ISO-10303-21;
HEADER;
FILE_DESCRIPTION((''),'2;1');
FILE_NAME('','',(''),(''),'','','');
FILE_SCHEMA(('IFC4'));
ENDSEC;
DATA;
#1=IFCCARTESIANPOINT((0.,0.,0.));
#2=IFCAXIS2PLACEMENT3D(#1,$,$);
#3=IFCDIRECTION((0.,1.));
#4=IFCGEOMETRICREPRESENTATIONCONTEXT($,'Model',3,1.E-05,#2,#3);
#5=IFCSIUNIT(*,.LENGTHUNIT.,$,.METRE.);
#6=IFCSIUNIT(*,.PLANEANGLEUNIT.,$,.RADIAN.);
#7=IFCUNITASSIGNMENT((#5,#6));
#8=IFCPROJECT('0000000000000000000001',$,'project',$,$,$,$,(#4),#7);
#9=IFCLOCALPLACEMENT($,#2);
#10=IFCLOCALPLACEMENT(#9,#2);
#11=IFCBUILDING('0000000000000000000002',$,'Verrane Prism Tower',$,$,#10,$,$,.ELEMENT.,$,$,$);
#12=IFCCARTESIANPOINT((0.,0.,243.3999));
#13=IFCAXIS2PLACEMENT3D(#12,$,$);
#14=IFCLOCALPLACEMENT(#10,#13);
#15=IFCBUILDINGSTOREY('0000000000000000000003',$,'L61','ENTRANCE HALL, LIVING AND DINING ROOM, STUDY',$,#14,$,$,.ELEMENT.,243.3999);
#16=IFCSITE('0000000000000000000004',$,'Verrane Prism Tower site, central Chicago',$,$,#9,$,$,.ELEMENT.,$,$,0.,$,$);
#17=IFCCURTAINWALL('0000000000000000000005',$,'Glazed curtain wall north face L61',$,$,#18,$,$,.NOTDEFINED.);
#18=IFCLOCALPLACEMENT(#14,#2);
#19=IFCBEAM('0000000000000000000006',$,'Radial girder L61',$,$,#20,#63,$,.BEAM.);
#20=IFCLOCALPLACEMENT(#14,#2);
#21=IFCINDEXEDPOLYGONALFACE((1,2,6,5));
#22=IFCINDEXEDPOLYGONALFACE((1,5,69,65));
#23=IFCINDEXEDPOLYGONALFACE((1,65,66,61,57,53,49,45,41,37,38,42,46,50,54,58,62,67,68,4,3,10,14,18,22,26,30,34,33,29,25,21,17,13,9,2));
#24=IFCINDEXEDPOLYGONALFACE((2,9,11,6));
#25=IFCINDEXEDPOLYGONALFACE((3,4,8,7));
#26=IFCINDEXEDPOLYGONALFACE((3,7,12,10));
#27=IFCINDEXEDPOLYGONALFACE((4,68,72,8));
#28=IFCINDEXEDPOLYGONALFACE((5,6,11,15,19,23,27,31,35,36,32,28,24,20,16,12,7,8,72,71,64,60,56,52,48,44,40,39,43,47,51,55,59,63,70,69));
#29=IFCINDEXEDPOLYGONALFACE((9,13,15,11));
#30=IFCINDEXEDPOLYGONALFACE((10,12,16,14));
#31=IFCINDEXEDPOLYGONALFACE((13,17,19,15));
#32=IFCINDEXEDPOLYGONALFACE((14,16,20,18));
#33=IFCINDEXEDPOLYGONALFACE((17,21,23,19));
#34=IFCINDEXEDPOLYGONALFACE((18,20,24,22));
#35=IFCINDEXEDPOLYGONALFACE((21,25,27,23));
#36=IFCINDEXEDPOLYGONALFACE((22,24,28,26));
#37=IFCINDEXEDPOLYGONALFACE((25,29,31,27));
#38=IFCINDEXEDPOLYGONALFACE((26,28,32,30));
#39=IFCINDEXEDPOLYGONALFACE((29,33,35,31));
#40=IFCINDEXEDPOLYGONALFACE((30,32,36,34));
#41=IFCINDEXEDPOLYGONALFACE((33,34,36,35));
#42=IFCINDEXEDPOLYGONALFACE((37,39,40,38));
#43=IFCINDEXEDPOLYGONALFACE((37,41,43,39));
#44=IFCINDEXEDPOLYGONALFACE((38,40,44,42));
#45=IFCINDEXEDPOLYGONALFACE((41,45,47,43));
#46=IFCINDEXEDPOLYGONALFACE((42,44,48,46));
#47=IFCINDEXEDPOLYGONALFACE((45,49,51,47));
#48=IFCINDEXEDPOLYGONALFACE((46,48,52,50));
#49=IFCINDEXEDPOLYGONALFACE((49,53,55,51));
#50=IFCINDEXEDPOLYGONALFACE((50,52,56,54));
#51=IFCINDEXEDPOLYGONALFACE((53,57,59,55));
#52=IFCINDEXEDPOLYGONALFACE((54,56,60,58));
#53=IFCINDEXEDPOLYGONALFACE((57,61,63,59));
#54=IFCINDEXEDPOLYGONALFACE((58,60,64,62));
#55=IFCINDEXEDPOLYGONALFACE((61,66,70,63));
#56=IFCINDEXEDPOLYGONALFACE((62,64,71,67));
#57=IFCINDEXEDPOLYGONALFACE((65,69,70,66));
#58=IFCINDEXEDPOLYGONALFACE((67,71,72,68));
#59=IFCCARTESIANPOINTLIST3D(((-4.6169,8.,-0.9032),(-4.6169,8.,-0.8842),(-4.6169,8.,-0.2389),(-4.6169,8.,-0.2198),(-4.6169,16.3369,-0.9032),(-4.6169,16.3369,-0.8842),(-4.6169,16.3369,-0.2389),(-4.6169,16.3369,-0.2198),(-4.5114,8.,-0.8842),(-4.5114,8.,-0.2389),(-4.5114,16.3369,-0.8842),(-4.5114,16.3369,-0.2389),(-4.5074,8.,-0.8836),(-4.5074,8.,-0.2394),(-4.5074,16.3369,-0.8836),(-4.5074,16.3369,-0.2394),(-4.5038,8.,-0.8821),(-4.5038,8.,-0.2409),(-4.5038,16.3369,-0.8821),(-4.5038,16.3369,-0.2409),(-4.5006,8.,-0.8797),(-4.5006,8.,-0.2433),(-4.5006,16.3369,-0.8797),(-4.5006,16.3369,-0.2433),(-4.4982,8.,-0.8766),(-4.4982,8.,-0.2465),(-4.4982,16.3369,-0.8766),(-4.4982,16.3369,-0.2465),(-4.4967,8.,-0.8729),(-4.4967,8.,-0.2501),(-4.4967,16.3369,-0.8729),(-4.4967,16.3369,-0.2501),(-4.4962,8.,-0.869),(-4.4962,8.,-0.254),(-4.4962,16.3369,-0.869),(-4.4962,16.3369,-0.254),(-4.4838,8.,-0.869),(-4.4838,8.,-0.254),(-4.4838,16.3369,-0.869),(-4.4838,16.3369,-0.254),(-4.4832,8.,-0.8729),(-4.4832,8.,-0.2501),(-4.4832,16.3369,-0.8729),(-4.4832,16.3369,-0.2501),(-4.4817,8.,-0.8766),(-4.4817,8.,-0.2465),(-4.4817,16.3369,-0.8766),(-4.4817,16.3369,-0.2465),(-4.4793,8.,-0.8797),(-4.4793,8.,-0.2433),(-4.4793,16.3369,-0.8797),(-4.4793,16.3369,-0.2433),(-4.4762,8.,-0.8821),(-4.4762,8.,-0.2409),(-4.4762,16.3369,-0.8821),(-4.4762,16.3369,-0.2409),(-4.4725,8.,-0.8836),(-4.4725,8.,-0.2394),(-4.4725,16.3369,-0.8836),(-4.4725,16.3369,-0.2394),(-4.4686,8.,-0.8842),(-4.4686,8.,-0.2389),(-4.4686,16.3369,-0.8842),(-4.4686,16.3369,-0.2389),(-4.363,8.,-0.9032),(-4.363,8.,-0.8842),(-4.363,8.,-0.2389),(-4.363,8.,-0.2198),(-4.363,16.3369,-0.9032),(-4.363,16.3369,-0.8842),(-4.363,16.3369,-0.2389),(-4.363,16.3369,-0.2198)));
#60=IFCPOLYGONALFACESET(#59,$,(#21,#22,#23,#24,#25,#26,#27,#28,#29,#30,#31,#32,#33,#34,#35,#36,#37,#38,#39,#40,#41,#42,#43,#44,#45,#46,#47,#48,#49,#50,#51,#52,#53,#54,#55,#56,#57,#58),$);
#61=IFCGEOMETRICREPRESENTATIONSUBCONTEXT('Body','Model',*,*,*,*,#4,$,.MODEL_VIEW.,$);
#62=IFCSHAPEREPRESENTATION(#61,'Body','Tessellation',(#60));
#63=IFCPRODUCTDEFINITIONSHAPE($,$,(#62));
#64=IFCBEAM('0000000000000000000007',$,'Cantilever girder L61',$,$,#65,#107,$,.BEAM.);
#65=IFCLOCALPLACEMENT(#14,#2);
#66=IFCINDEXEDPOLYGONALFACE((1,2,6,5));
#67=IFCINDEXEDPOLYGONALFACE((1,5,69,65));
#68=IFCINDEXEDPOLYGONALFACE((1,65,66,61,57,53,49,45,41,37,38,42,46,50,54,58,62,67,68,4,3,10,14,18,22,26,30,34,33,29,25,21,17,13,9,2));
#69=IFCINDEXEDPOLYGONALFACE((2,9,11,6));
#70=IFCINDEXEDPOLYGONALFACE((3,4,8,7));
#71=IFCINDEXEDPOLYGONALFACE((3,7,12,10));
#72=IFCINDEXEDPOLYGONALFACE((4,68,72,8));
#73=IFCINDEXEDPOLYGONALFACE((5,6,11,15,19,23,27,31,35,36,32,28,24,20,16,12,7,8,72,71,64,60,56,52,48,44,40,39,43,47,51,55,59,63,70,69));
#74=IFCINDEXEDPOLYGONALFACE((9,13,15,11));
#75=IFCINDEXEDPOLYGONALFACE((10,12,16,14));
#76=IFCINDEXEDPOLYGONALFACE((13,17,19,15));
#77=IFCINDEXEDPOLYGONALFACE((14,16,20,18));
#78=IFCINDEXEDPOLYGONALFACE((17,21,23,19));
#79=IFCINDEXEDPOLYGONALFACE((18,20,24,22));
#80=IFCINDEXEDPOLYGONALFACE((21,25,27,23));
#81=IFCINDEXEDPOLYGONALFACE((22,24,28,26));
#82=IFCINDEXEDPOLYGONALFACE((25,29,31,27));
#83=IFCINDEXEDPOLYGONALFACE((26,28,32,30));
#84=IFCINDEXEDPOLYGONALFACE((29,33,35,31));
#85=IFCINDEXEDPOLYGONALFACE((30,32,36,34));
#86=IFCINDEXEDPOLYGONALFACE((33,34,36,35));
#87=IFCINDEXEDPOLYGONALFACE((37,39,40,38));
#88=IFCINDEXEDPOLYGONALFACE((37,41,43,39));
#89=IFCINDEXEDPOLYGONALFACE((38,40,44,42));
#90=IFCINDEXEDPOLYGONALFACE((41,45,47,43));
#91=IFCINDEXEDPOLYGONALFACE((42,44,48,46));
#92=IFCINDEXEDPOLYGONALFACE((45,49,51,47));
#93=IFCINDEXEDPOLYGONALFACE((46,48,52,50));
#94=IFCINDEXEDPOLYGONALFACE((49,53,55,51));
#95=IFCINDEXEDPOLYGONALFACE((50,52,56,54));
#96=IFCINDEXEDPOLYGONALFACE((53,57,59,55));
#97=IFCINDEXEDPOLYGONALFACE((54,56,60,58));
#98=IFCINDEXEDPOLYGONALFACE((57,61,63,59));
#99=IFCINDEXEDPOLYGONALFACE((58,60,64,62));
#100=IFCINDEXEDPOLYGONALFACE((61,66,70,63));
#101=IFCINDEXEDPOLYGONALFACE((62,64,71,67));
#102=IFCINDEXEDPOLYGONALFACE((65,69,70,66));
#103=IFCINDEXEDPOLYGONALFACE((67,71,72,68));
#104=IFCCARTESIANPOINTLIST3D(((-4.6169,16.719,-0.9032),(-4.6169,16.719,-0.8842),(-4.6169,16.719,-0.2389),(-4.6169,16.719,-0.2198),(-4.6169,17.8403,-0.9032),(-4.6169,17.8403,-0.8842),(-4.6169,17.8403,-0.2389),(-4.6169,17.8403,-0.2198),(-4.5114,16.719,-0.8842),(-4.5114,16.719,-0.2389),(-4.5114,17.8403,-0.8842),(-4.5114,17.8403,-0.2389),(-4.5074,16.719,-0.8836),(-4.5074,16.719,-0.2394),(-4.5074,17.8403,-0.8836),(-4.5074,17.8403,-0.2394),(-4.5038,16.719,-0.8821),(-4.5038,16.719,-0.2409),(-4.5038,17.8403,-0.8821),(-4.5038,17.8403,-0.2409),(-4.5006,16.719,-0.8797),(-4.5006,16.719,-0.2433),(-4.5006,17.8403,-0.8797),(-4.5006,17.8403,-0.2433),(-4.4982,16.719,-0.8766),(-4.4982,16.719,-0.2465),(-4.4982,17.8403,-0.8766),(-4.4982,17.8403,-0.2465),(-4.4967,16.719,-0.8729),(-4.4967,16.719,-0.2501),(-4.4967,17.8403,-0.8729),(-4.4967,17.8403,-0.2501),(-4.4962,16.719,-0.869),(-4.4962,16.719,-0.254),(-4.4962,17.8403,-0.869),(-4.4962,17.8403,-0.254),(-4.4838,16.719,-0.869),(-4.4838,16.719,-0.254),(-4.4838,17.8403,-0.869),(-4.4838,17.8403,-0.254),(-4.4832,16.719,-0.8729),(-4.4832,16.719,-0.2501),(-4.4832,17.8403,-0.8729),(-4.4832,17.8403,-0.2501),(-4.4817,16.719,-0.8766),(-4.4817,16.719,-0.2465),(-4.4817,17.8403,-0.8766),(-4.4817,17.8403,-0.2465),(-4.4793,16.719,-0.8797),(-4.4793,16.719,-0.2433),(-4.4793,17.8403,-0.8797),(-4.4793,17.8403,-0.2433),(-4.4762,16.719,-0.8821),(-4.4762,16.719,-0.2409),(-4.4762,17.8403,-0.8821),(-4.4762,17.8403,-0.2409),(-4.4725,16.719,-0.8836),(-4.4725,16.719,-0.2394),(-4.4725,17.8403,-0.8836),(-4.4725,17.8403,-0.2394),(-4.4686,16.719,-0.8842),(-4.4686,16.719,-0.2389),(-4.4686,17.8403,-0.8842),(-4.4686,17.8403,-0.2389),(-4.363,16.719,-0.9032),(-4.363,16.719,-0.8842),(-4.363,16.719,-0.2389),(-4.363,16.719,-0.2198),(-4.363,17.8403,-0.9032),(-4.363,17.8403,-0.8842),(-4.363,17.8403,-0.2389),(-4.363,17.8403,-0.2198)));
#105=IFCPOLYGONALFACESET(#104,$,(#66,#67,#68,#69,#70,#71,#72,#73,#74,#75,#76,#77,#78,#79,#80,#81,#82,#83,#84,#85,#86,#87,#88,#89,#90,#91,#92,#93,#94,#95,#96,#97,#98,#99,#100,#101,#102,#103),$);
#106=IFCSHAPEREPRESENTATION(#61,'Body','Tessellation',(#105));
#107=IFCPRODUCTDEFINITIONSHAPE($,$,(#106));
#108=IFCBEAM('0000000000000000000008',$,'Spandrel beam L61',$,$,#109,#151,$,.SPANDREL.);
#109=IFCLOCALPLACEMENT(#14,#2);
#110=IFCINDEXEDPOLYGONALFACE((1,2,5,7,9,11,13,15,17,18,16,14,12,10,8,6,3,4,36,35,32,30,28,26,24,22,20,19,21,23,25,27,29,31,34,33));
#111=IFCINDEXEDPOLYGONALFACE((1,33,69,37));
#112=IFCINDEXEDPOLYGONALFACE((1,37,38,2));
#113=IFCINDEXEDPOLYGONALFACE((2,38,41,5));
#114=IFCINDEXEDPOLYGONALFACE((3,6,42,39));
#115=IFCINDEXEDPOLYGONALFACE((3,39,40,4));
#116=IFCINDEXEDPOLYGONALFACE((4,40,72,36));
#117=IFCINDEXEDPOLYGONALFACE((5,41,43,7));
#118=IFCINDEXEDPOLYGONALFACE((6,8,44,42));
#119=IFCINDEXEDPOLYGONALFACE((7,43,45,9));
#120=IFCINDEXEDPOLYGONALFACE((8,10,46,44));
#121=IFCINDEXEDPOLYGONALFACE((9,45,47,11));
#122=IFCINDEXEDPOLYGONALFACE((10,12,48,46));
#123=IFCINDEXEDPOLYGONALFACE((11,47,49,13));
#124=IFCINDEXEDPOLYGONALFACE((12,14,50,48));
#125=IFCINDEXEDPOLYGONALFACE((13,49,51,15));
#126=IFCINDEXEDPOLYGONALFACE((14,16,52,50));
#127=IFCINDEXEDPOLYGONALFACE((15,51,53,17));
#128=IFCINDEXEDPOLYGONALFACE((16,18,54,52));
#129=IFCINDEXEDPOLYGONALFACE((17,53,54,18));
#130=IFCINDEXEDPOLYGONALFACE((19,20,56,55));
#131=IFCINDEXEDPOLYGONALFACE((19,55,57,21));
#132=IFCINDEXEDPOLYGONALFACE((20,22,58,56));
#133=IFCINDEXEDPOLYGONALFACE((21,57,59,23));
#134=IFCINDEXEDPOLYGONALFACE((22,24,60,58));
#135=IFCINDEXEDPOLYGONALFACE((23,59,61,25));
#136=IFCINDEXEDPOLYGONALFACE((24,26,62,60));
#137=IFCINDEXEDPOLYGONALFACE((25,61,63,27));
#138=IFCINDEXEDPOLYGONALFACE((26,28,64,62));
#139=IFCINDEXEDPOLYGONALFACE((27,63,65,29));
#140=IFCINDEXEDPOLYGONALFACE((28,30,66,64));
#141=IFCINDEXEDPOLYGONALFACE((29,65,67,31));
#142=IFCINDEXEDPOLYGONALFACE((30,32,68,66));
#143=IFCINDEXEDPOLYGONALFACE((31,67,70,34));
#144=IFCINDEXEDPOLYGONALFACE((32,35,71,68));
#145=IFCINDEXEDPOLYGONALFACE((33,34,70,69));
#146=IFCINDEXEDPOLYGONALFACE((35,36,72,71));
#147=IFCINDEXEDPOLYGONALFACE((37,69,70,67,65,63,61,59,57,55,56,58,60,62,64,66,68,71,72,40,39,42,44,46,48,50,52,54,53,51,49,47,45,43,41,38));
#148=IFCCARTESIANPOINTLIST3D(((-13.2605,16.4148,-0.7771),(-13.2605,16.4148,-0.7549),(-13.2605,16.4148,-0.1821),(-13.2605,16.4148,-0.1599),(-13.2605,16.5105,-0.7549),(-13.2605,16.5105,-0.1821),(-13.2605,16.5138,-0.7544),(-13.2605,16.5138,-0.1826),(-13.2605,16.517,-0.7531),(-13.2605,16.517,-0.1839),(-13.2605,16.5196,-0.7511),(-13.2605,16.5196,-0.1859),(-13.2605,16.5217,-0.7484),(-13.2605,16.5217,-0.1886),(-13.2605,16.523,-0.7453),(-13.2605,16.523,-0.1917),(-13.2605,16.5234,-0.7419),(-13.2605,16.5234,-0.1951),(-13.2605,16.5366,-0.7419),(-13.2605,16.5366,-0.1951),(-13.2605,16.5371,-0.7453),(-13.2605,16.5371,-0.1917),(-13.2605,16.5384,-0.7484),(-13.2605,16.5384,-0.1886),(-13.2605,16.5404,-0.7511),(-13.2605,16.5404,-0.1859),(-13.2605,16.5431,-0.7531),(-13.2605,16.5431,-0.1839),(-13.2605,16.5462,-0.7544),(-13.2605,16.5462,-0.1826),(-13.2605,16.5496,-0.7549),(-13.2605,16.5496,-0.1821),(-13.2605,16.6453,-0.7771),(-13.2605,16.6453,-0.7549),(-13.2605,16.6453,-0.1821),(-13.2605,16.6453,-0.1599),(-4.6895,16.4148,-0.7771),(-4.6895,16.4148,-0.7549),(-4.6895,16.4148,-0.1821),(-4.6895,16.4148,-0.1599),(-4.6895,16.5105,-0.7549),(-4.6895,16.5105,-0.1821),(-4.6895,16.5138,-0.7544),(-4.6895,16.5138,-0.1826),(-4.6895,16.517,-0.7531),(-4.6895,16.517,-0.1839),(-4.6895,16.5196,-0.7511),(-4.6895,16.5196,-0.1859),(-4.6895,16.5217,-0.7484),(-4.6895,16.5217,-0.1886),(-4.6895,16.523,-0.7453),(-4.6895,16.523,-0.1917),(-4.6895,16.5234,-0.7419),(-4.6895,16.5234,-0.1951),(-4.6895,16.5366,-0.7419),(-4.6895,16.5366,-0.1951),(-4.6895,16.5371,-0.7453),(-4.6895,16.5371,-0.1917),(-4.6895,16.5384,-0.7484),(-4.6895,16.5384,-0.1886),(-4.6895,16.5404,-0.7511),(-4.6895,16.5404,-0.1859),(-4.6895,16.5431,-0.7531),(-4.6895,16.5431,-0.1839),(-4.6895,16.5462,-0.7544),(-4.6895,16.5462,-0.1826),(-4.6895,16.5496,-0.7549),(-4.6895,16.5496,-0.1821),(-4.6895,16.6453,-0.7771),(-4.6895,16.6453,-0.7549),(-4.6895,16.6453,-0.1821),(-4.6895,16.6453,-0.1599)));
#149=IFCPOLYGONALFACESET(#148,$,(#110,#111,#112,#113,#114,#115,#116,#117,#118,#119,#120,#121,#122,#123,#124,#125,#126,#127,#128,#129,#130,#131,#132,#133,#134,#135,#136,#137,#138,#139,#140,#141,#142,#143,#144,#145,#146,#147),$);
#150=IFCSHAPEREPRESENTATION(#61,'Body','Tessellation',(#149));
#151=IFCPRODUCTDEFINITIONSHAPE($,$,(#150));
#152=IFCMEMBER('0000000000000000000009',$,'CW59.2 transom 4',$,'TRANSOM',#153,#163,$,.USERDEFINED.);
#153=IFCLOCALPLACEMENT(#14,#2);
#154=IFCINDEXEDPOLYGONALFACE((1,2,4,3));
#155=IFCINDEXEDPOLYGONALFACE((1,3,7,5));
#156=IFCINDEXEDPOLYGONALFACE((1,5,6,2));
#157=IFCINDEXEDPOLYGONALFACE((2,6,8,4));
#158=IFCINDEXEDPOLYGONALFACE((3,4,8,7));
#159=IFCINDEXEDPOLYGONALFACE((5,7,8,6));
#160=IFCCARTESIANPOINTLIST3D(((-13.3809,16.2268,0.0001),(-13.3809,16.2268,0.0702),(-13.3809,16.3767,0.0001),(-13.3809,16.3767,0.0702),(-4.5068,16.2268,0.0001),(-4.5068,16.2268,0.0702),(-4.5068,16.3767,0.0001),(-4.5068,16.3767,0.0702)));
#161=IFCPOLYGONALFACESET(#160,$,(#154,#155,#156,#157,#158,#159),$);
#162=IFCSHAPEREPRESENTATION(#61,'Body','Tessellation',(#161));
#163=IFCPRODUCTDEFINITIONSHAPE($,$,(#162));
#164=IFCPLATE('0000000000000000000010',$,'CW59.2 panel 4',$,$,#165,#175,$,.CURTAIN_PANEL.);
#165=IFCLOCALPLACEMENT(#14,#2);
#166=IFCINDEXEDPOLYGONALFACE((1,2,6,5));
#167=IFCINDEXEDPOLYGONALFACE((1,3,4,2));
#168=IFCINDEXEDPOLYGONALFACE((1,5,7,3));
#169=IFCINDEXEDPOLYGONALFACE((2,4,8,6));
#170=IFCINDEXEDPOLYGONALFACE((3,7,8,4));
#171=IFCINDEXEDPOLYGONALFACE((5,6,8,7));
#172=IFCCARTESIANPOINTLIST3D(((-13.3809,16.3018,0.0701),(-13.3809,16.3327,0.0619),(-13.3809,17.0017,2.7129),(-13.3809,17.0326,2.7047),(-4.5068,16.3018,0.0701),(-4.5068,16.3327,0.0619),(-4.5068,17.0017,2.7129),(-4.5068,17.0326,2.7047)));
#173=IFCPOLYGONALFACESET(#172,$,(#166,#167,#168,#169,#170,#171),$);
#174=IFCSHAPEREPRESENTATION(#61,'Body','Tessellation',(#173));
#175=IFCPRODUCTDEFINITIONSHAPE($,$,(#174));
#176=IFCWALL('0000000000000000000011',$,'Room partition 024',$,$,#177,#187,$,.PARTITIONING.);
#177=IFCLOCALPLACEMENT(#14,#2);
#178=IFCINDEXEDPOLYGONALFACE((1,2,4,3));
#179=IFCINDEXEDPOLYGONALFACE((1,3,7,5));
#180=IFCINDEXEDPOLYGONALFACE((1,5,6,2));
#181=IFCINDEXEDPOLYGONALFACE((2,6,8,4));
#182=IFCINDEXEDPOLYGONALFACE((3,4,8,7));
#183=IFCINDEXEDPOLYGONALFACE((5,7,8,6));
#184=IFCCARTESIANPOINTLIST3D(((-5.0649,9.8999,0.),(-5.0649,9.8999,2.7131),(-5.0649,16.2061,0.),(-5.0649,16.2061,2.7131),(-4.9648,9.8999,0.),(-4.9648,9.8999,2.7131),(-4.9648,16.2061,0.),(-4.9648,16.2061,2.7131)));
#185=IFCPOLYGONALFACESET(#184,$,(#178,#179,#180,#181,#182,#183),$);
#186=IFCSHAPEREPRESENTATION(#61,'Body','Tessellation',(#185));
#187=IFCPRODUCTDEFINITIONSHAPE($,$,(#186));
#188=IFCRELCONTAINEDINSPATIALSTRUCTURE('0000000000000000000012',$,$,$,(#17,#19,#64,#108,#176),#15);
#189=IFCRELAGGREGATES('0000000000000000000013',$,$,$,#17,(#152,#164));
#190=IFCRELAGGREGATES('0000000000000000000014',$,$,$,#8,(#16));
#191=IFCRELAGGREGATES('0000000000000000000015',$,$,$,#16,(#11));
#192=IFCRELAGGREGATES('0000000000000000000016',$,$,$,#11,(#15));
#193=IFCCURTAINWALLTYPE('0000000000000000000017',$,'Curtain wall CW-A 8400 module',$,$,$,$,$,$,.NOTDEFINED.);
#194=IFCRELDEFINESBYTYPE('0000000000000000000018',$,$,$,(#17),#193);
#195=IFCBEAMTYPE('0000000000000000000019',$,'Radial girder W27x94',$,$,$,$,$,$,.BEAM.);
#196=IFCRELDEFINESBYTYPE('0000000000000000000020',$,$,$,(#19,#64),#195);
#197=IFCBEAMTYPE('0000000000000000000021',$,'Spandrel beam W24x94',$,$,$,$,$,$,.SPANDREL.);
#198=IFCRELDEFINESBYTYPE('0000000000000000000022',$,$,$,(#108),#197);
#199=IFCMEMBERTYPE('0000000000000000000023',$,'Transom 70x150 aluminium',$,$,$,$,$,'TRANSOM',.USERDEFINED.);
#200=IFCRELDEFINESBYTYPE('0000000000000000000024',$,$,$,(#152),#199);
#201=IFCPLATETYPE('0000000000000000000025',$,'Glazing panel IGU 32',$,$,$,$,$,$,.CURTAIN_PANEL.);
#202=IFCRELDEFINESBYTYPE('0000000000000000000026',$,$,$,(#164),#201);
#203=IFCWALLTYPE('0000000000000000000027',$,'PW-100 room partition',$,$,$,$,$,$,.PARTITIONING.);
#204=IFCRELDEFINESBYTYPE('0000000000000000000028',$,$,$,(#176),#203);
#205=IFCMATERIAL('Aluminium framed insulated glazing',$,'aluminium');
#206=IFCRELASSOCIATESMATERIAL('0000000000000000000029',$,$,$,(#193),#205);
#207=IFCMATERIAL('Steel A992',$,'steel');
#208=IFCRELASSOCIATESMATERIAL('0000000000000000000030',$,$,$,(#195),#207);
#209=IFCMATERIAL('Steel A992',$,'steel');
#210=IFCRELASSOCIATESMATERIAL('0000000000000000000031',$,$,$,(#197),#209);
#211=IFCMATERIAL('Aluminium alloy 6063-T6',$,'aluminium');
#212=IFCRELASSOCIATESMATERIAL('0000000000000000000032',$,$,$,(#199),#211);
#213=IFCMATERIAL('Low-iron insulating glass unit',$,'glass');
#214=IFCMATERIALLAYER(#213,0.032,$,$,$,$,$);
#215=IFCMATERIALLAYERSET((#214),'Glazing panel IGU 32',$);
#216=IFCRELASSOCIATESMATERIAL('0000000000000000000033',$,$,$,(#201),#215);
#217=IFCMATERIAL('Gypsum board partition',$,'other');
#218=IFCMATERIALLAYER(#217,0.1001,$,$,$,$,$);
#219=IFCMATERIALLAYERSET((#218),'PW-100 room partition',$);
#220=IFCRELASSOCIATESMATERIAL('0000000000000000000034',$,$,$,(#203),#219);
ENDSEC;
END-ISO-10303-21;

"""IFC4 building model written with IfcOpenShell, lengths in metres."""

from ifc_helpers import new_model, si_unit, direction, frame, frame_2d, origin, origin_2d, place, context, subcontext, project, spatial, polyline, rectangle, i_section, outline, extrude, material, layer, layer_set, material_profile, profile_set, type_object, element, aggregate, save


model = new_model("IFC4")

# Units and contexts
model_context = context("Model", 3, precision=1e-05, world=origin(), true_north=direction((0.0, 1.0)))
body_context = subcontext(model_context, "Body", "Model", "MODEL_VIEW")
ifc_project = project(units=[si_unit("LENGTHUNIT", "METRE"), si_unit("PLANEANGLEUNIT", "RADIAN")], contexts=[model_context])

# Site, building, storey
site_placement = place(None, origin())
site = spatial("IfcSite", under=ifc_project, at=site_placement, Name="Verrane Prism Tower site, central Chicago", CompositionType="ELEMENT", RefElevation=0.0)
building_placement = place(site_placement, origin())
building = spatial("IfcBuilding", under=site, at=building_placement, Name="Verrane Prism Tower", CompositionType="ELEMENT")
storey_placement = place(building_placement, frame((0.0, 0.0, 243.3999)))
storey = spatial("IfcBuildingStorey", under=building, at=storey_placement, Name="L61", Description="ENTRANCE HALL, LIVING AND DINING ROOM, STUDY", CompositionType="ELEMENT", Elevation=243.3999)

# Curtain wall
ifc_material_1 = material(Name="Aluminium framed insulated glazing", Category="aluminium")
curtain_wall_type = type_object("IfcCurtainWallType", Name="Curtain wall CW-A 8400 module", PredefinedType="NOTDEFINED", material=ifc_material_1)
curtain_wall_placement = place(storey_placement, origin())
curtain_wall = element("IfcCurtainWall", 1, at=curtain_wall_placement, inside=storey, type_object=curtain_wall_type, Name="Glazed curtain wall north face L61", PredefinedType="NOTDEFINED")

# Beams
ifc_material_2 = material(Name="Steel A992", Category="steel")
ifc_material_profile_1 = material_profile(ifc_material_2, i_section(OverallWidth=0.2539, OverallDepth=0.6833, WebThickness=0.0125, FlangeThickness=0.019, FilletRadius=0.0151, at=origin_2d()), Name="W27x94")
ifc_profile_set_1 = profile_set([ifc_material_profile_1], Name="Steel A992")
beam_type_1 = type_object("IfcBeamType", Name="Radial girder W27x94", PredefinedType="BEAM", material=ifc_profile_set_1)
beam_1_placement = place(storey_placement, frame((-4.49, 16.3369, -0.5615), z_axis=(0.0, -1.0, 0.0), x_axis=(1.0, 0.0, 0.0)))
element("IfcBeam", 2, at=beam_1_placement, inside=storey, type_object=beam_type_1, Name="Radial girder L61", PredefinedType="BEAM", context=body_context, shape_type="SweptSolid", body=[
    extrude(i_section(OverallWidth=0.2539, OverallDepth=0.6833, WebThickness=0.0125, FlangeThickness=0.019, FilletRadius=0.0151, at=origin_2d()), origin(), (0.0, 0.0, 1.0), 8.3369),
])
beam_2_placement = place(storey_placement, frame((-4.49, 16.719, -0.5615), z_axis=(0.0, 1.0, 0.0), x_axis=(-1.0, 0.0, 0.0)))
element("IfcBeam", 3, at=beam_2_placement, inside=storey, type_object=beam_type_1, Name="Cantilever girder L61", PredefinedType="BEAM", context=body_context, shape_type="SweptSolid", body=[
    extrude(i_section(OverallWidth=0.2539, OverallDepth=0.6833, WebThickness=0.0125, FlangeThickness=0.019, FilletRadius=0.0151, at=origin_2d()), origin(), (0.0, 0.0, 1.0), 1.1213),
])
ifc_material_3 = material(Name="Steel A992", Category="steel")
ifc_material_profile_2 = material_profile(ifc_material_3, i_section(OverallWidth=0.2305, OverallDepth=0.6172, WebThickness=0.0132, FlangeThickness=0.0222, FilletRadius=0.0129, at=origin_2d()), Name="W24x94")
ifc_profile_set_2 = profile_set([ifc_material_profile_2], Name="Steel A992")
beam_type_2 = type_object("IfcBeamType", Name="Spandrel beam W24x94", PredefinedType="SPANDREL", material=ifc_profile_set_2)
beam_3_placement = place(storey_placement, frame((-4.6895, 16.53, -0.4685), z_axis=(-1.0, 0.0, 0.0), x_axis=(0.0, -1.0, 0.0)))
element("IfcBeam", 4, at=beam_3_placement, inside=storey, type_object=beam_type_2, Name="Spandrel beam L61", PredefinedType="SPANDREL", context=body_context, shape_type="SweptSolid", body=[
    extrude(i_section(OverallWidth=0.2305, OverallDepth=0.6172, WebThickness=0.0132, FlangeThickness=0.0222, FilletRadius=0.0129, at=origin_2d()), origin(), (0.0, 0.0, 1.0), 8.571),
])

# Member
ifc_material_4 = material(Name="Aluminium alloy 6063-T6", Category="aluminium")
ifc_material_profile_3 = material_profile(ifc_material_4, rectangle(XDim=0.1499, YDim=0.0701, at=origin_2d()), Name="Transom 70x150 aluminium")
ifc_profile_set_3 = profile_set([ifc_material_profile_3], Name="Aluminium alloy 6063-T6")
member_type_1 = type_object("IfcMemberType", Name="Transom 70x150 aluminium", ElementType="TRANSOM", PredefinedType="USERDEFINED", material=ifc_profile_set_3)
member_1_placement = place(storey_placement, frame((-4.5068, 16.3018, 0.0352), z_axis=(-1.0, 0.0, 0.0), x_axis=(0.0, -1.0, 0.0)))
member_1 = element("IfcMember", 5, at=member_1_placement, type_object=member_type_1, Name="CW59.2 transom 4", ObjectType="TRANSOM", PredefinedType="USERDEFINED", context=body_context, shape_type="SweptSolid", body=[
    extrude(rectangle(XDim=0.1499, YDim=0.0701, at=origin_2d()), origin(), (0.0, 0.0, 1.0), 8.874),
])

# Plate
ifc_material_5 = material(Name="Low-iron insulating glass unit", Category="glass")
ifc_layer_1 = layer(ifc_material_5, 0.032)
ifc_layer_set_1 = layer_set([ifc_layer_1], Name="Glazing panel IGU 32")
plate_type = type_object("IfcPlateType", Name="Glazing panel IGU 32", PredefinedType="CURTAIN_PANEL", material=ifc_layer_set_1)
plate_placement = place(storey_placement, frame((-4.5068, 16.3018, 0.0701), z_axis=(0.0, -0.966671, 0.256023), x_axis=(-1.0, 0.0, 0.0)))
plate = element("IfcPlate", 6, at=plate_placement, type_object=plate_type, Name="CW59.2 panel 4", PredefinedType="CURTAIN_PANEL", context=body_context, shape_type="SweptSolid", body=[
    extrude(outline(polyline([(0.0, 0.0), (8.874, 0.0), (8.874, -2.7339), (0.0, -2.7339), (0.0, 0.0)])), origin(), (0.0, 0.0, -1.0), 0.032),
])
aggregate(curtain_wall, [member_1, plate])

# Wall
ifc_material_6 = material(Name="Gypsum board partition", Category="other")
ifc_layer_2 = layer(ifc_material_6, 0.1001)
ifc_layer_set_2 = layer_set([ifc_layer_2], Name="PW-100 room partition")
wall_type_1 = type_object("IfcWallType", Name="PW-100 room partition", PredefinedType="PARTITIONING", material=ifc_layer_set_2)
wall_1_placement = place(storey_placement, frame((-5.0149, 9.8999, 0.0), z_axis=(0.0, 0.0, 1.0), x_axis=(0.0, 1.0, 0.0)))
element("IfcWall", 7, at=wall_1_placement, inside=storey, type_object=wall_type_1, Name="Room partition 024", PredefinedType="PARTITIONING", context=body_context, shape_type="SweptSolid", body=[
    extrude(rectangle(XDim=6.3062, YDim=0.1001, at=frame_2d((3.1531, 0.0))), origin(), (0.0, 0.0, 1.0), 2.7131),
])

save(model, "model.ifc")
